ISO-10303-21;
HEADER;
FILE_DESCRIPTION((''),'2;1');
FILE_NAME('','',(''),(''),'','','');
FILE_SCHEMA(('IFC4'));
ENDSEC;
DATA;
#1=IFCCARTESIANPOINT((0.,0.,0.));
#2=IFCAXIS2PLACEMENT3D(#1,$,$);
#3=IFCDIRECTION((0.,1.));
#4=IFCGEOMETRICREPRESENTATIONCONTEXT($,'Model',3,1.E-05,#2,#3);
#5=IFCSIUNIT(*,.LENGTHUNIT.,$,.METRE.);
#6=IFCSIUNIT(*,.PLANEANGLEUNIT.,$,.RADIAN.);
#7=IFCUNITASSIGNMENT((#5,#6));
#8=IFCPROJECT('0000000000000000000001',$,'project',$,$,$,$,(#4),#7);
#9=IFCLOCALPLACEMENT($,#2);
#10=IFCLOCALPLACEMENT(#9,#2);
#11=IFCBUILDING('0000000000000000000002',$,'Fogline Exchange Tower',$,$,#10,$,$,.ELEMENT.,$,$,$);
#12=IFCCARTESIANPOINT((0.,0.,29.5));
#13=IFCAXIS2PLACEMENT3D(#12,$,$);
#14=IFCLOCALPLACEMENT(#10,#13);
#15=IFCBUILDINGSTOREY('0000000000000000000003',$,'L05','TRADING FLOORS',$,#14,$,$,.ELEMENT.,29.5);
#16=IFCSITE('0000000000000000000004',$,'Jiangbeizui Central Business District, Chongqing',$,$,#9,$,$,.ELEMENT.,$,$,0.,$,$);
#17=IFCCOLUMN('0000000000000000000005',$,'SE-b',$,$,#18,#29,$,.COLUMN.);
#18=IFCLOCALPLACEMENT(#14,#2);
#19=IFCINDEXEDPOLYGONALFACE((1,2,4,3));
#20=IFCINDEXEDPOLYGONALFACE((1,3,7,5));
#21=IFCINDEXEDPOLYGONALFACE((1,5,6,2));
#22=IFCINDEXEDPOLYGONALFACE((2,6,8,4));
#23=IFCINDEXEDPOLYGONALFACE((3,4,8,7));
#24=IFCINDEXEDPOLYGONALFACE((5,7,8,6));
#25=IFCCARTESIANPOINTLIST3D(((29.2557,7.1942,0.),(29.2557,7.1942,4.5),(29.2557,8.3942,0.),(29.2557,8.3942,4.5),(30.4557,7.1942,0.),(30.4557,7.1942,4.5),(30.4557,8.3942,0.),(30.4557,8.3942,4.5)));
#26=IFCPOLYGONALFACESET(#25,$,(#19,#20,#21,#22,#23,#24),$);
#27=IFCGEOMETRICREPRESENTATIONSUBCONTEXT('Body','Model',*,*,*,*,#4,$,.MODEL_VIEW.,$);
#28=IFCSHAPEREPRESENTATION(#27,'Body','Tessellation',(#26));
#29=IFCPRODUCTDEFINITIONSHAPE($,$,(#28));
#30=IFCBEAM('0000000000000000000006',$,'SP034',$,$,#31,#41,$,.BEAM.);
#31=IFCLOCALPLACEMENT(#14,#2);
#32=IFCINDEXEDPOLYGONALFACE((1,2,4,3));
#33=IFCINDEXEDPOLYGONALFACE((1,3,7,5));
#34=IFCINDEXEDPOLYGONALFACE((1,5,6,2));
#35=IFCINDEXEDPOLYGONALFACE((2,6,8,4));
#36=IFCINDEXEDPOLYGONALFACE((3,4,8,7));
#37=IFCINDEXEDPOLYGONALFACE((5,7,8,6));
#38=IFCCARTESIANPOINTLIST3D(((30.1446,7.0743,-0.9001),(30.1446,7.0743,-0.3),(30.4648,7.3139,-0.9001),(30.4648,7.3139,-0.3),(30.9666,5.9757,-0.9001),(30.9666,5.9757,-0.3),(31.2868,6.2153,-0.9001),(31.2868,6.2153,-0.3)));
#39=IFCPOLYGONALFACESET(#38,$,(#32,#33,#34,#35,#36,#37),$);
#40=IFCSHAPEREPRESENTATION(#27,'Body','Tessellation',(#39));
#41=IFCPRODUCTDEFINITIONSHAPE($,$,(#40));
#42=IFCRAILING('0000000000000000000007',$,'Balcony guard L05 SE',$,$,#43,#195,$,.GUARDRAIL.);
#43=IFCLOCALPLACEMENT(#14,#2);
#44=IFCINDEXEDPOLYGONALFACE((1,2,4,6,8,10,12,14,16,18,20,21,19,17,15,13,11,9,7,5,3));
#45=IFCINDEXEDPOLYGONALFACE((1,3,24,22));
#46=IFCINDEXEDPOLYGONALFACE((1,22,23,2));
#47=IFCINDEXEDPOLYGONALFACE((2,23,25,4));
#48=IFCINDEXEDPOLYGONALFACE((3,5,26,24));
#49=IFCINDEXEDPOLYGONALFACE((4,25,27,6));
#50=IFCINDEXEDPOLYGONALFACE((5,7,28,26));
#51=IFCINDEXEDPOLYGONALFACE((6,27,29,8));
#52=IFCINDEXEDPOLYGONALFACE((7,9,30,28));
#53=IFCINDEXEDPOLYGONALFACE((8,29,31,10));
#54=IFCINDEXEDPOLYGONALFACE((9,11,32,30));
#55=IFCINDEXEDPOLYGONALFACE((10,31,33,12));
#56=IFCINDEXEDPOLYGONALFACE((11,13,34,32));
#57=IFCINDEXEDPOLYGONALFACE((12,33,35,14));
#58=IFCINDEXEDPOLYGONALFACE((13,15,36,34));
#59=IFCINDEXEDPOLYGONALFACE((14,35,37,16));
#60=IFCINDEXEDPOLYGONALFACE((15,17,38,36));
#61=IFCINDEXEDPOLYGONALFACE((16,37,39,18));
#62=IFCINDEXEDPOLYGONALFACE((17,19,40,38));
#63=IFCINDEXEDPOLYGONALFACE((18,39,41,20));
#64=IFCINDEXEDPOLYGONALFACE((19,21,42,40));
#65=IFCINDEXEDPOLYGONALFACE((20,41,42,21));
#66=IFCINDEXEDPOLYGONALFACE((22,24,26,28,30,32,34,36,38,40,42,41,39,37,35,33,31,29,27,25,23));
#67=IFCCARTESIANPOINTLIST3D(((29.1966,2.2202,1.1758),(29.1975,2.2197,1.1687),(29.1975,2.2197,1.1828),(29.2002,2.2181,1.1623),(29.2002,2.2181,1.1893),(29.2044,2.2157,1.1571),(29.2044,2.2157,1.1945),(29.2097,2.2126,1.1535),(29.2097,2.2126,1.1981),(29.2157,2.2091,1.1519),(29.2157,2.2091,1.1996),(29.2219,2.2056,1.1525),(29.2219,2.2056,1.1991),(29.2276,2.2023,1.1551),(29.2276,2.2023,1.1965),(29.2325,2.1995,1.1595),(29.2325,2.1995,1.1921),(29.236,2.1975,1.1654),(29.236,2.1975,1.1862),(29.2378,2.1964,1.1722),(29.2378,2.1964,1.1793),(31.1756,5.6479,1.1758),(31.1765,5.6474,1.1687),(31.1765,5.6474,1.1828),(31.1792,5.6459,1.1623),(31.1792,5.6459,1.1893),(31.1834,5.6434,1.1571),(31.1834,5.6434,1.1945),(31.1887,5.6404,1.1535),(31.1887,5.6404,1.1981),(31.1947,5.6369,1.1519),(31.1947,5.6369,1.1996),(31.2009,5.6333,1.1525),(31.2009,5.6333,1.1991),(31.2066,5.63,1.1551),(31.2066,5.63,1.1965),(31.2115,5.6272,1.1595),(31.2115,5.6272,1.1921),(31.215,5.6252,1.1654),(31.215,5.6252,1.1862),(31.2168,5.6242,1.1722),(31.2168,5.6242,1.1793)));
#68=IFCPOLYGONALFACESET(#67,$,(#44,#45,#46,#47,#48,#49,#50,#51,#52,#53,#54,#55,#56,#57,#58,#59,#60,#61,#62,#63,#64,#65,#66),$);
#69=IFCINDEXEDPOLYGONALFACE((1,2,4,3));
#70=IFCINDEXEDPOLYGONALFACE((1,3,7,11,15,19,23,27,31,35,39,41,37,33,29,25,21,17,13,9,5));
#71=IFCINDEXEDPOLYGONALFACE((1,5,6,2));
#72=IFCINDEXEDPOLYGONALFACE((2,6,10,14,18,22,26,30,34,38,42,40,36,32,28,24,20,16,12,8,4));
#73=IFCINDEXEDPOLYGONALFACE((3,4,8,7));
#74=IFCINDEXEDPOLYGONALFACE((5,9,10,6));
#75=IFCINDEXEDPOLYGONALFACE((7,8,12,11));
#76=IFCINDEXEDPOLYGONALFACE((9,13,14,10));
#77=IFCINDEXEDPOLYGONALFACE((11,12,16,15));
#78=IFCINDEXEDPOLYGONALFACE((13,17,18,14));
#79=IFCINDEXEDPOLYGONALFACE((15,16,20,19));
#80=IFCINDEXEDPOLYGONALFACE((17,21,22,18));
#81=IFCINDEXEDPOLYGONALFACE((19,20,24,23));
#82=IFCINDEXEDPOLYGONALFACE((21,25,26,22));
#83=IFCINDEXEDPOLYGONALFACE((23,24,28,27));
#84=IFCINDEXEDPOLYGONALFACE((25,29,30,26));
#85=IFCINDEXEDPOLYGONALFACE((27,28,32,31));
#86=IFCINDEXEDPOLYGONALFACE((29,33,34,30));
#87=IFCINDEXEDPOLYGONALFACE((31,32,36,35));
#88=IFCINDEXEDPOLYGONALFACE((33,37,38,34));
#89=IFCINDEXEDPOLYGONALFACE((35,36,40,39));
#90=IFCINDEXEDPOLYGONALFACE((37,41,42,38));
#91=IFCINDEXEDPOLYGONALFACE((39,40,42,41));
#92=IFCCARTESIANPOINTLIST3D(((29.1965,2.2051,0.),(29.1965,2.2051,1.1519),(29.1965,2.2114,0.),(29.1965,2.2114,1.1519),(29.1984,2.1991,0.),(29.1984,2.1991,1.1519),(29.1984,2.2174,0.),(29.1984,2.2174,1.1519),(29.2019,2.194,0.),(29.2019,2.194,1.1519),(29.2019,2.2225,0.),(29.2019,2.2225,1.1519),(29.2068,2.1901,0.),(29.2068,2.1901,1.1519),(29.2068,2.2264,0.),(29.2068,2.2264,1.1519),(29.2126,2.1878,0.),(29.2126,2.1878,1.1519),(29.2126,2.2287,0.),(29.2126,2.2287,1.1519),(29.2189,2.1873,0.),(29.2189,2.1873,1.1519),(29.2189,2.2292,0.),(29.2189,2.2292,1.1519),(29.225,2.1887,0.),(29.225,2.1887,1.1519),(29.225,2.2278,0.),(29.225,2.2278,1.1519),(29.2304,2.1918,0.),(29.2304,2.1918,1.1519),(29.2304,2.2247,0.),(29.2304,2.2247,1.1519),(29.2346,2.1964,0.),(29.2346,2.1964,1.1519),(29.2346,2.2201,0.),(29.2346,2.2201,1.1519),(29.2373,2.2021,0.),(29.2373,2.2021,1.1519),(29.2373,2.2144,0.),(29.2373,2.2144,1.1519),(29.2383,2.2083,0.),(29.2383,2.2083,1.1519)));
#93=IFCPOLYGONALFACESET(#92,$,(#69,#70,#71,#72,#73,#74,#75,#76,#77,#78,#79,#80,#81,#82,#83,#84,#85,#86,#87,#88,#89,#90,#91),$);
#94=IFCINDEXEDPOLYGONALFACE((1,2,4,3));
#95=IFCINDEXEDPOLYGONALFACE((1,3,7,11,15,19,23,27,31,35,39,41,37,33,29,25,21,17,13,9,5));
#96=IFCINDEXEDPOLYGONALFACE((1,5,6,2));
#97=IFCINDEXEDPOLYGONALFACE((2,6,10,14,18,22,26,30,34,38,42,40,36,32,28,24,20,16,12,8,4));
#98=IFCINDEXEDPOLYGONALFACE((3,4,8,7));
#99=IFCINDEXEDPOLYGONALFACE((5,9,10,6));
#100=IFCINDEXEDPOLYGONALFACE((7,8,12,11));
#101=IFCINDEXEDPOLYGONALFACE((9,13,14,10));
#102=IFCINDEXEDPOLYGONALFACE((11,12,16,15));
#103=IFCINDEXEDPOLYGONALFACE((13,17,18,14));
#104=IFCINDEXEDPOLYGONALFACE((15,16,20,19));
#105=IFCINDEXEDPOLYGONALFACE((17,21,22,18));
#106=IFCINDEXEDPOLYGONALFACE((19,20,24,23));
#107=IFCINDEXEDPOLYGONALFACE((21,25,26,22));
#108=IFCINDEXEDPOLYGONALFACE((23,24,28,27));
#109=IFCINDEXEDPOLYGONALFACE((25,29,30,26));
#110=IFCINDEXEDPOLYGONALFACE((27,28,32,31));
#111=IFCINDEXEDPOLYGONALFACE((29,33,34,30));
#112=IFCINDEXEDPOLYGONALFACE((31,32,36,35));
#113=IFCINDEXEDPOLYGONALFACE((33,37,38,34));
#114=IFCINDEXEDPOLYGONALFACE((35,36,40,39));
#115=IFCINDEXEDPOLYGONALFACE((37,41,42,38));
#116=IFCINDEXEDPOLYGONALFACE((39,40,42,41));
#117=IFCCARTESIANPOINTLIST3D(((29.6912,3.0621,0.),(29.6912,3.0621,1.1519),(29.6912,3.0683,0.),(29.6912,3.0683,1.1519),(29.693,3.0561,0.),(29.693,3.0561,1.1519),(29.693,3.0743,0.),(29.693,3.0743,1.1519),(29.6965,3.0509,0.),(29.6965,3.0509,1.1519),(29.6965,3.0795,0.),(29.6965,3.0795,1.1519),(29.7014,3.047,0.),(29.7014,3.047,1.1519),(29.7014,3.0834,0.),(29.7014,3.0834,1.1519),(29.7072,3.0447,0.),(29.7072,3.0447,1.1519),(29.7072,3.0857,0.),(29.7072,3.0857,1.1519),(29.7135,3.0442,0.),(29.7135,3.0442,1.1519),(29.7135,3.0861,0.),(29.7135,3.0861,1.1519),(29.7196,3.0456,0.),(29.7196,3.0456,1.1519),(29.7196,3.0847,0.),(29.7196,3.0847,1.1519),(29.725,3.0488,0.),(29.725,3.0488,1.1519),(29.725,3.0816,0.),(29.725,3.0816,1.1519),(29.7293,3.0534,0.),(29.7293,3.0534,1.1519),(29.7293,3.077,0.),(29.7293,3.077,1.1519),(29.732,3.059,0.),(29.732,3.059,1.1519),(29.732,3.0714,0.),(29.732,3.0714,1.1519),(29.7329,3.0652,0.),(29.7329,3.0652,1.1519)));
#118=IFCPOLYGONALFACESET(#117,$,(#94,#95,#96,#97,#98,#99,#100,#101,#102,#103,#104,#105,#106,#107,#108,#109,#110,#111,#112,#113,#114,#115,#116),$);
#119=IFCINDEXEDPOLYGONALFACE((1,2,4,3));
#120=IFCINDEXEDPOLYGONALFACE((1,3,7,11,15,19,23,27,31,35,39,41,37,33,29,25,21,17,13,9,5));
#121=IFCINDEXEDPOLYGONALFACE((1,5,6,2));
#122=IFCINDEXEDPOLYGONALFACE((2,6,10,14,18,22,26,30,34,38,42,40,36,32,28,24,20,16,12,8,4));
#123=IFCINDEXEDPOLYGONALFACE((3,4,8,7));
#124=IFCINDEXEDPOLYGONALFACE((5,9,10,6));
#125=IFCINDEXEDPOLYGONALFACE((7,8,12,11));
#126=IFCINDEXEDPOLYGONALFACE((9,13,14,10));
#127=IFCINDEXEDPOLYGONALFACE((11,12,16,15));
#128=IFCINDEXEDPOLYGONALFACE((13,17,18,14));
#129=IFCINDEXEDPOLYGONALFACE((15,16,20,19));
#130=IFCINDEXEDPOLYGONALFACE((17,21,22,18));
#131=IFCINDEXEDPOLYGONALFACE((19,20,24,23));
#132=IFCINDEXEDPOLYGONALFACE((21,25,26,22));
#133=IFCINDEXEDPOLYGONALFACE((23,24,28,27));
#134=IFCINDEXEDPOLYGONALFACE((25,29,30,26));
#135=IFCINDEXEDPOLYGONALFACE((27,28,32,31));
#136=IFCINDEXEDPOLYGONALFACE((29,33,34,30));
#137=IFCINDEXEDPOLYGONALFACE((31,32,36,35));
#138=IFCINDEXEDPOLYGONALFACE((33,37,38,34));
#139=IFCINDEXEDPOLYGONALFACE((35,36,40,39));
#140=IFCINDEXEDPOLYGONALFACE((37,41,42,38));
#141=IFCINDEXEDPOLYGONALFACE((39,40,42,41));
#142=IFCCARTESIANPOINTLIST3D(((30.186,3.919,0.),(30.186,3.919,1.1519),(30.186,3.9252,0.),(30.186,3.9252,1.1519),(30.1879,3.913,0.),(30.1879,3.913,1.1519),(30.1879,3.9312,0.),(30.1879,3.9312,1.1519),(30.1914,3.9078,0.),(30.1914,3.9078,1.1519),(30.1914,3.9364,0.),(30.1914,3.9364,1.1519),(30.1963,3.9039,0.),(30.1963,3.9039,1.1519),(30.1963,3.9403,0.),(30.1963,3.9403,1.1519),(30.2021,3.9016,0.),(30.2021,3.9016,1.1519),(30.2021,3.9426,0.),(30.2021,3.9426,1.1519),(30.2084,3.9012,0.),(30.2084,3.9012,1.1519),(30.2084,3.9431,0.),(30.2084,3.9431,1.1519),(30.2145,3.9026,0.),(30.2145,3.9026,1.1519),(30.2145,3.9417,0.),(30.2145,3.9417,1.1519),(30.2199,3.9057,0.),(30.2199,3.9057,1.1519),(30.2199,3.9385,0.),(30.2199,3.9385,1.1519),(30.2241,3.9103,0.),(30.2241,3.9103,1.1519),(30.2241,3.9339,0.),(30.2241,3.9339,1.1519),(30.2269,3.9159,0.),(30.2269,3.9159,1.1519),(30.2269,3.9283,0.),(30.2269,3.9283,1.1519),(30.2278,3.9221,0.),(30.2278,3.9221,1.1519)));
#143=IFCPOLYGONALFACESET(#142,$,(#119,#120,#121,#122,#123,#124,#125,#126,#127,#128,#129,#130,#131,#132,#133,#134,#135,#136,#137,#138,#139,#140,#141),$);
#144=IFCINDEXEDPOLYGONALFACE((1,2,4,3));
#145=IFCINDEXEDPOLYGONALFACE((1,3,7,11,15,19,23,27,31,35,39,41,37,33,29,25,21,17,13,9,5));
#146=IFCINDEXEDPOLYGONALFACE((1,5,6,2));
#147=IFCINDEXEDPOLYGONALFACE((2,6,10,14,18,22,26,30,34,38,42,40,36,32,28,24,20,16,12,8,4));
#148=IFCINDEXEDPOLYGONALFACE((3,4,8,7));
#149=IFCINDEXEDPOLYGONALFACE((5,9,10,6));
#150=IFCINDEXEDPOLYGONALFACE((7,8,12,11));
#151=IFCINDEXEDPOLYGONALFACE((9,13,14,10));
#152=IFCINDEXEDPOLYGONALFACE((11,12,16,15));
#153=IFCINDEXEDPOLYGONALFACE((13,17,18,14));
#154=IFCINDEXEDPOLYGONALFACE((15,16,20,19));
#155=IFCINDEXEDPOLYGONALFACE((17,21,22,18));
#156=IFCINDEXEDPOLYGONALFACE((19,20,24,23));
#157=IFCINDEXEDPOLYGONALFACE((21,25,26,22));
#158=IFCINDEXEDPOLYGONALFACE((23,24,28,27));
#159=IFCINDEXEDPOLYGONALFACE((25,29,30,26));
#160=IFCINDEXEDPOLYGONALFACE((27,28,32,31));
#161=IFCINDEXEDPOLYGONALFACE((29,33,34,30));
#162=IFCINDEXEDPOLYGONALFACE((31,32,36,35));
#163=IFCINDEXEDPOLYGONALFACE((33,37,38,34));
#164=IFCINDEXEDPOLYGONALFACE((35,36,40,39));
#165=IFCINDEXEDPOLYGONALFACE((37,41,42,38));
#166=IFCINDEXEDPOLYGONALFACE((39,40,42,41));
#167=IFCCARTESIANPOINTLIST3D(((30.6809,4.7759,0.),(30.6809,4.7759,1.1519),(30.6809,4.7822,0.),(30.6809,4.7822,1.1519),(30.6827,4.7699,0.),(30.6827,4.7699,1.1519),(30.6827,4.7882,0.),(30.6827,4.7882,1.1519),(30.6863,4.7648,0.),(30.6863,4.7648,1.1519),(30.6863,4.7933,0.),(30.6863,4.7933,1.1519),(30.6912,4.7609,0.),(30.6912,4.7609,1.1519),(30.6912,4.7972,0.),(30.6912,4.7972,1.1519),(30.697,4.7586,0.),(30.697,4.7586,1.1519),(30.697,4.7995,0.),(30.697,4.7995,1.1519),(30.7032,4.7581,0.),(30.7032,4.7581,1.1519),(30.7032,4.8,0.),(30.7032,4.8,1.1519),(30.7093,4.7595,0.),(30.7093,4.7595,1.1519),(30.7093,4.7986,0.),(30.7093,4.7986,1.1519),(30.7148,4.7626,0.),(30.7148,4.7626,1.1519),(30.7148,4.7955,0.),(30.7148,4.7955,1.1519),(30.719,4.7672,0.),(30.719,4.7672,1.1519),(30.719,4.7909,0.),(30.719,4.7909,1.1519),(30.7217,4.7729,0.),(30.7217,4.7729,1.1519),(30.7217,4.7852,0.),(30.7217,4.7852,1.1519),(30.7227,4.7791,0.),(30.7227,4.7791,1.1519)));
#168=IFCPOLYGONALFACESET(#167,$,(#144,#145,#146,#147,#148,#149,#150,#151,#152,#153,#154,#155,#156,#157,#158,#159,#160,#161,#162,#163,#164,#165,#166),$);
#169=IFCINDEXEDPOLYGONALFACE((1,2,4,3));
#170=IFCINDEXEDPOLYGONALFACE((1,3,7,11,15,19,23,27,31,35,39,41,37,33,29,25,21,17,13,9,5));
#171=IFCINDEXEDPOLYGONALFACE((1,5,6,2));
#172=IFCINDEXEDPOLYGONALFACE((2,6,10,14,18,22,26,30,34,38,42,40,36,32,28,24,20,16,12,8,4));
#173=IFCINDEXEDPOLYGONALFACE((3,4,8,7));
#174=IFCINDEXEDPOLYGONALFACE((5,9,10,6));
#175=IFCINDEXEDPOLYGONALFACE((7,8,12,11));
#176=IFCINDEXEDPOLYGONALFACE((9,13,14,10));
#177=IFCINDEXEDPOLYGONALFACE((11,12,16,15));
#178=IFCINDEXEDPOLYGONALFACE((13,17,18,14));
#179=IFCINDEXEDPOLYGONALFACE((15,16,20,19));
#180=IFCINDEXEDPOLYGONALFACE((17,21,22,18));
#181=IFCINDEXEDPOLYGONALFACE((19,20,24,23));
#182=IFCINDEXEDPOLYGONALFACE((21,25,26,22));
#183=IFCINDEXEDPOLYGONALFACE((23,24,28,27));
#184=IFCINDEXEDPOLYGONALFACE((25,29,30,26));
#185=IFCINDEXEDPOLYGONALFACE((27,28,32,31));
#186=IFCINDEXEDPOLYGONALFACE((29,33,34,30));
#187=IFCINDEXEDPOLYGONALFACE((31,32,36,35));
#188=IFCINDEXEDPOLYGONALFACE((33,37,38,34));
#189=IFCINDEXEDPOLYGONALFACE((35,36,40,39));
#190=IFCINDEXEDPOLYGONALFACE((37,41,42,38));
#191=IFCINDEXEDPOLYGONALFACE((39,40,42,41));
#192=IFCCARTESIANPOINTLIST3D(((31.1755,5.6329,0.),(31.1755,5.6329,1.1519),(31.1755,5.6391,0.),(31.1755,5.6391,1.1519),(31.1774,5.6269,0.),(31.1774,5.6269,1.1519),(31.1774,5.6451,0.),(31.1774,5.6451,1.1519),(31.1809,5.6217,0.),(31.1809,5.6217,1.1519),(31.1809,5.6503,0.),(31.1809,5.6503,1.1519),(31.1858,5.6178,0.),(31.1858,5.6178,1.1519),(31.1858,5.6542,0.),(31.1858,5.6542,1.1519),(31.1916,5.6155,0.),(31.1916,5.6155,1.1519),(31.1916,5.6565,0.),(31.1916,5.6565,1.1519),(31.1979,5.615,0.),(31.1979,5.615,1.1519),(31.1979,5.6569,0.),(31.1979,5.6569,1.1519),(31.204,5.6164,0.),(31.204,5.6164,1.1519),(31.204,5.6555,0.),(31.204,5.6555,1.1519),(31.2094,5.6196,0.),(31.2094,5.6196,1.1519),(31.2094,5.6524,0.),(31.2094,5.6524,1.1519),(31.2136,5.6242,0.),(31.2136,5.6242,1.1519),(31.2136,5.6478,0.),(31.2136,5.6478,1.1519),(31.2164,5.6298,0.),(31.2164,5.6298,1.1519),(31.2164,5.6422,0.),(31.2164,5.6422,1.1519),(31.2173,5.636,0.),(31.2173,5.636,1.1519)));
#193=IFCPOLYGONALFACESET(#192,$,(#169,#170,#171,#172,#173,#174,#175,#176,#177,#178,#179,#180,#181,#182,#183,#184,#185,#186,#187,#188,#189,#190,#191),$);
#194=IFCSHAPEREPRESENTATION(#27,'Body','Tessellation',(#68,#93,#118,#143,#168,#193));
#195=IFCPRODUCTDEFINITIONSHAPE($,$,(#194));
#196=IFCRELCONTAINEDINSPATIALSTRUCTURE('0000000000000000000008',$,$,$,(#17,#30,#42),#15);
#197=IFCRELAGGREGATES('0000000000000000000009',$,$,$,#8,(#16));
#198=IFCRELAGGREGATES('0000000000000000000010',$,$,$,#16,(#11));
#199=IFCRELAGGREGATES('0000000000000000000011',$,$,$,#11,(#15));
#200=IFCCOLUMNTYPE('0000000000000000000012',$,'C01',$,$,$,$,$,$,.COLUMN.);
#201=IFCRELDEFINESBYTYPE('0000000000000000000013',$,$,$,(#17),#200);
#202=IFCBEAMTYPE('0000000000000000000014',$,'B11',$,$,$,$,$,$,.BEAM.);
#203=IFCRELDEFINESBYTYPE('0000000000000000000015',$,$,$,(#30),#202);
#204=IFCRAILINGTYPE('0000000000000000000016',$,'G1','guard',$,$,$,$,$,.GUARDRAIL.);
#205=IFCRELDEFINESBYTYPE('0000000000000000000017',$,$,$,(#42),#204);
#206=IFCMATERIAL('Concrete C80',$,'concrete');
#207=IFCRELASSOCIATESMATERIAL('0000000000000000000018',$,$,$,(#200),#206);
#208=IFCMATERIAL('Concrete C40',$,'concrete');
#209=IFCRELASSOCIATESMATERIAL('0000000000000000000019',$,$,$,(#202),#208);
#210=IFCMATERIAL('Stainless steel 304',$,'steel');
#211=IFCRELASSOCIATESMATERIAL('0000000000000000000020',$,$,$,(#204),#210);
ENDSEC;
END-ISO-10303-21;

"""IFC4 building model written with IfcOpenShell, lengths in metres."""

from ifc_helpers import new_model, si_unit, direction, frame, origin, origin_2d, place, context, subcontext, project, spatial, rectangle, circle, extrude, material, material_profile, profile_set, type_object, element, save


model = new_model("IFC4")

# Units and contexts
model_context = context("Model", 3, precision=1e-05, world=origin(), true_north=direction((0.0, 1.0)))
body_context = subcontext(model_context, "Body", "Model", "MODEL_VIEW")
ifc_project = project(units=[si_unit("LENGTHUNIT", "METRE"), si_unit("PLANEANGLEUNIT", "RADIAN")], contexts=[model_context])

# Site, building, storey
site_placement = place(None, origin())
site = spatial("IfcSite", under=ifc_project, at=site_placement, Name="Jiangbeizui Central Business District, Chongqing", CompositionType="ELEMENT", RefElevation=0.0)
building_placement = place(site_placement, origin())
building = spatial("IfcBuilding", under=site, at=building_placement, Name="Fogline Exchange Tower", CompositionType="ELEMENT")
storey_placement = place(building_placement, frame((0.0, 0.0, 29.5)))
storey = spatial("IfcBuildingStorey", under=building, at=storey_placement, Name="L05", Description="TRADING FLOORS", CompositionType="ELEMENT", Elevation=29.5)

# Column
ifc_material_1 = material(Name="Concrete C80", Category="concrete")
ifc_material_profile_1 = material_profile(ifc_material_1, rectangle(XDim=1.2, YDim=1.2, at=origin_2d()), Name="RC 1200x1200")
ifc_profile_set_1 = profile_set([ifc_material_profile_1], Name="Concrete C80")
column_type = type_object("IfcColumnType", Name="C01", PredefinedType="COLUMN", material=ifc_profile_set_1)
column_placement = place(storey_placement, frame((29.8557, 7.7942, 0.0), z_axis=(0.0, 0.0, 1.0), x_axis=(1.0, 0.0, 0.0)))
element("IfcColumn", 1, at=column_placement, inside=storey, type_object=column_type, Name="SE-b", PredefinedType="COLUMN", context=body_context, shape_type="SweptSolid", body=[
    extrude(rectangle(XDim=1.2, YDim=1.2, at=origin_2d()), origin(), (0.0, 0.0, 1.0), 4.5),
])

# Beam
ifc_material_2 = material(Name="Concrete C40", Category="concrete")
ifc_material_profile_2 = material_profile(ifc_material_2, rectangle(XDim=0.3999, YDim=0.6001, at=origin_2d()), Name="RC 400x600")
ifc_profile_set_2 = profile_set([ifc_material_profile_2], Name="Concrete C40")
beam_type = type_object("IfcBeamType", Name="B11", PredefinedType="BEAM", material=ifc_profile_set_2)
beam_placement = place(storey_placement, frame((30.3047, 7.1941, -0.6001), z_axis=(0.599089, -0.800683, 0.0), x_axis=(0.800683, 0.599089, 0.0)))
element("IfcBeam", 2, at=beam_placement, inside=storey, type_object=beam_type, Name="SP034", PredefinedType="BEAM", context=body_context, shape_type="SweptSolid", body=[
    extrude(rectangle(XDim=0.3999, YDim=0.6001, at=origin_2d()), origin(), (0.0, 0.0, 1.0), 1.3721),
])

# Railing
ifc_material_3 = material(Name="Stainless steel 304", Category="steel")
railing_type = type_object("IfcRailingType", Name="G1", Description="guard", PredefinedType="GUARDRAIL", material=ifc_material_3)
railing_placement = place(storey_placement, frame((29.2173, 2.2083, 0.0)))
element("IfcRailing", 3, at=railing_placement, inside=storey, type_object=railing_type, Name="Balcony guard L05 SE", PredefinedType="GUARDRAIL", context=body_context, shape_type="SweptSolid", body=[
    extrude(circle(Radius=0.0239, at=origin_2d()), frame((0.0, 0.0, 1.1758), z_axis=(0.5, 0.866025, 0.0), x_axis=(-0.866025, 0.5, 0.0)), (0.0, 0.0, 1.0), 3.958),
    extrude(circle(Radius=0.021, at=origin_2d()), origin(), (0.0, 0.0, 1.0), 1.1519),
    extrude(circle(Radius=0.021, at=origin_2d()), frame((0.4946, 0.8569, 0.0)), (0.0, 0.0, 1.0), 1.1519),
    extrude(circle(Radius=0.021, at=origin_2d()), frame((0.9895, 1.7139, 0.0)), (0.0, 0.0, 1.0), 1.1519),
    extrude(circle(Radius=0.021, at=origin_2d()), frame((1.4844, 2.5708, 0.0)), (0.0, 0.0, 1.0), 1.1519),
    extrude(circle(Radius=0.021, at=origin_2d()), frame((1.979, 3.4277, 0.0)), (0.0, 0.0, 1.0), 1.1519),
])

save(model, "model.ifc")
